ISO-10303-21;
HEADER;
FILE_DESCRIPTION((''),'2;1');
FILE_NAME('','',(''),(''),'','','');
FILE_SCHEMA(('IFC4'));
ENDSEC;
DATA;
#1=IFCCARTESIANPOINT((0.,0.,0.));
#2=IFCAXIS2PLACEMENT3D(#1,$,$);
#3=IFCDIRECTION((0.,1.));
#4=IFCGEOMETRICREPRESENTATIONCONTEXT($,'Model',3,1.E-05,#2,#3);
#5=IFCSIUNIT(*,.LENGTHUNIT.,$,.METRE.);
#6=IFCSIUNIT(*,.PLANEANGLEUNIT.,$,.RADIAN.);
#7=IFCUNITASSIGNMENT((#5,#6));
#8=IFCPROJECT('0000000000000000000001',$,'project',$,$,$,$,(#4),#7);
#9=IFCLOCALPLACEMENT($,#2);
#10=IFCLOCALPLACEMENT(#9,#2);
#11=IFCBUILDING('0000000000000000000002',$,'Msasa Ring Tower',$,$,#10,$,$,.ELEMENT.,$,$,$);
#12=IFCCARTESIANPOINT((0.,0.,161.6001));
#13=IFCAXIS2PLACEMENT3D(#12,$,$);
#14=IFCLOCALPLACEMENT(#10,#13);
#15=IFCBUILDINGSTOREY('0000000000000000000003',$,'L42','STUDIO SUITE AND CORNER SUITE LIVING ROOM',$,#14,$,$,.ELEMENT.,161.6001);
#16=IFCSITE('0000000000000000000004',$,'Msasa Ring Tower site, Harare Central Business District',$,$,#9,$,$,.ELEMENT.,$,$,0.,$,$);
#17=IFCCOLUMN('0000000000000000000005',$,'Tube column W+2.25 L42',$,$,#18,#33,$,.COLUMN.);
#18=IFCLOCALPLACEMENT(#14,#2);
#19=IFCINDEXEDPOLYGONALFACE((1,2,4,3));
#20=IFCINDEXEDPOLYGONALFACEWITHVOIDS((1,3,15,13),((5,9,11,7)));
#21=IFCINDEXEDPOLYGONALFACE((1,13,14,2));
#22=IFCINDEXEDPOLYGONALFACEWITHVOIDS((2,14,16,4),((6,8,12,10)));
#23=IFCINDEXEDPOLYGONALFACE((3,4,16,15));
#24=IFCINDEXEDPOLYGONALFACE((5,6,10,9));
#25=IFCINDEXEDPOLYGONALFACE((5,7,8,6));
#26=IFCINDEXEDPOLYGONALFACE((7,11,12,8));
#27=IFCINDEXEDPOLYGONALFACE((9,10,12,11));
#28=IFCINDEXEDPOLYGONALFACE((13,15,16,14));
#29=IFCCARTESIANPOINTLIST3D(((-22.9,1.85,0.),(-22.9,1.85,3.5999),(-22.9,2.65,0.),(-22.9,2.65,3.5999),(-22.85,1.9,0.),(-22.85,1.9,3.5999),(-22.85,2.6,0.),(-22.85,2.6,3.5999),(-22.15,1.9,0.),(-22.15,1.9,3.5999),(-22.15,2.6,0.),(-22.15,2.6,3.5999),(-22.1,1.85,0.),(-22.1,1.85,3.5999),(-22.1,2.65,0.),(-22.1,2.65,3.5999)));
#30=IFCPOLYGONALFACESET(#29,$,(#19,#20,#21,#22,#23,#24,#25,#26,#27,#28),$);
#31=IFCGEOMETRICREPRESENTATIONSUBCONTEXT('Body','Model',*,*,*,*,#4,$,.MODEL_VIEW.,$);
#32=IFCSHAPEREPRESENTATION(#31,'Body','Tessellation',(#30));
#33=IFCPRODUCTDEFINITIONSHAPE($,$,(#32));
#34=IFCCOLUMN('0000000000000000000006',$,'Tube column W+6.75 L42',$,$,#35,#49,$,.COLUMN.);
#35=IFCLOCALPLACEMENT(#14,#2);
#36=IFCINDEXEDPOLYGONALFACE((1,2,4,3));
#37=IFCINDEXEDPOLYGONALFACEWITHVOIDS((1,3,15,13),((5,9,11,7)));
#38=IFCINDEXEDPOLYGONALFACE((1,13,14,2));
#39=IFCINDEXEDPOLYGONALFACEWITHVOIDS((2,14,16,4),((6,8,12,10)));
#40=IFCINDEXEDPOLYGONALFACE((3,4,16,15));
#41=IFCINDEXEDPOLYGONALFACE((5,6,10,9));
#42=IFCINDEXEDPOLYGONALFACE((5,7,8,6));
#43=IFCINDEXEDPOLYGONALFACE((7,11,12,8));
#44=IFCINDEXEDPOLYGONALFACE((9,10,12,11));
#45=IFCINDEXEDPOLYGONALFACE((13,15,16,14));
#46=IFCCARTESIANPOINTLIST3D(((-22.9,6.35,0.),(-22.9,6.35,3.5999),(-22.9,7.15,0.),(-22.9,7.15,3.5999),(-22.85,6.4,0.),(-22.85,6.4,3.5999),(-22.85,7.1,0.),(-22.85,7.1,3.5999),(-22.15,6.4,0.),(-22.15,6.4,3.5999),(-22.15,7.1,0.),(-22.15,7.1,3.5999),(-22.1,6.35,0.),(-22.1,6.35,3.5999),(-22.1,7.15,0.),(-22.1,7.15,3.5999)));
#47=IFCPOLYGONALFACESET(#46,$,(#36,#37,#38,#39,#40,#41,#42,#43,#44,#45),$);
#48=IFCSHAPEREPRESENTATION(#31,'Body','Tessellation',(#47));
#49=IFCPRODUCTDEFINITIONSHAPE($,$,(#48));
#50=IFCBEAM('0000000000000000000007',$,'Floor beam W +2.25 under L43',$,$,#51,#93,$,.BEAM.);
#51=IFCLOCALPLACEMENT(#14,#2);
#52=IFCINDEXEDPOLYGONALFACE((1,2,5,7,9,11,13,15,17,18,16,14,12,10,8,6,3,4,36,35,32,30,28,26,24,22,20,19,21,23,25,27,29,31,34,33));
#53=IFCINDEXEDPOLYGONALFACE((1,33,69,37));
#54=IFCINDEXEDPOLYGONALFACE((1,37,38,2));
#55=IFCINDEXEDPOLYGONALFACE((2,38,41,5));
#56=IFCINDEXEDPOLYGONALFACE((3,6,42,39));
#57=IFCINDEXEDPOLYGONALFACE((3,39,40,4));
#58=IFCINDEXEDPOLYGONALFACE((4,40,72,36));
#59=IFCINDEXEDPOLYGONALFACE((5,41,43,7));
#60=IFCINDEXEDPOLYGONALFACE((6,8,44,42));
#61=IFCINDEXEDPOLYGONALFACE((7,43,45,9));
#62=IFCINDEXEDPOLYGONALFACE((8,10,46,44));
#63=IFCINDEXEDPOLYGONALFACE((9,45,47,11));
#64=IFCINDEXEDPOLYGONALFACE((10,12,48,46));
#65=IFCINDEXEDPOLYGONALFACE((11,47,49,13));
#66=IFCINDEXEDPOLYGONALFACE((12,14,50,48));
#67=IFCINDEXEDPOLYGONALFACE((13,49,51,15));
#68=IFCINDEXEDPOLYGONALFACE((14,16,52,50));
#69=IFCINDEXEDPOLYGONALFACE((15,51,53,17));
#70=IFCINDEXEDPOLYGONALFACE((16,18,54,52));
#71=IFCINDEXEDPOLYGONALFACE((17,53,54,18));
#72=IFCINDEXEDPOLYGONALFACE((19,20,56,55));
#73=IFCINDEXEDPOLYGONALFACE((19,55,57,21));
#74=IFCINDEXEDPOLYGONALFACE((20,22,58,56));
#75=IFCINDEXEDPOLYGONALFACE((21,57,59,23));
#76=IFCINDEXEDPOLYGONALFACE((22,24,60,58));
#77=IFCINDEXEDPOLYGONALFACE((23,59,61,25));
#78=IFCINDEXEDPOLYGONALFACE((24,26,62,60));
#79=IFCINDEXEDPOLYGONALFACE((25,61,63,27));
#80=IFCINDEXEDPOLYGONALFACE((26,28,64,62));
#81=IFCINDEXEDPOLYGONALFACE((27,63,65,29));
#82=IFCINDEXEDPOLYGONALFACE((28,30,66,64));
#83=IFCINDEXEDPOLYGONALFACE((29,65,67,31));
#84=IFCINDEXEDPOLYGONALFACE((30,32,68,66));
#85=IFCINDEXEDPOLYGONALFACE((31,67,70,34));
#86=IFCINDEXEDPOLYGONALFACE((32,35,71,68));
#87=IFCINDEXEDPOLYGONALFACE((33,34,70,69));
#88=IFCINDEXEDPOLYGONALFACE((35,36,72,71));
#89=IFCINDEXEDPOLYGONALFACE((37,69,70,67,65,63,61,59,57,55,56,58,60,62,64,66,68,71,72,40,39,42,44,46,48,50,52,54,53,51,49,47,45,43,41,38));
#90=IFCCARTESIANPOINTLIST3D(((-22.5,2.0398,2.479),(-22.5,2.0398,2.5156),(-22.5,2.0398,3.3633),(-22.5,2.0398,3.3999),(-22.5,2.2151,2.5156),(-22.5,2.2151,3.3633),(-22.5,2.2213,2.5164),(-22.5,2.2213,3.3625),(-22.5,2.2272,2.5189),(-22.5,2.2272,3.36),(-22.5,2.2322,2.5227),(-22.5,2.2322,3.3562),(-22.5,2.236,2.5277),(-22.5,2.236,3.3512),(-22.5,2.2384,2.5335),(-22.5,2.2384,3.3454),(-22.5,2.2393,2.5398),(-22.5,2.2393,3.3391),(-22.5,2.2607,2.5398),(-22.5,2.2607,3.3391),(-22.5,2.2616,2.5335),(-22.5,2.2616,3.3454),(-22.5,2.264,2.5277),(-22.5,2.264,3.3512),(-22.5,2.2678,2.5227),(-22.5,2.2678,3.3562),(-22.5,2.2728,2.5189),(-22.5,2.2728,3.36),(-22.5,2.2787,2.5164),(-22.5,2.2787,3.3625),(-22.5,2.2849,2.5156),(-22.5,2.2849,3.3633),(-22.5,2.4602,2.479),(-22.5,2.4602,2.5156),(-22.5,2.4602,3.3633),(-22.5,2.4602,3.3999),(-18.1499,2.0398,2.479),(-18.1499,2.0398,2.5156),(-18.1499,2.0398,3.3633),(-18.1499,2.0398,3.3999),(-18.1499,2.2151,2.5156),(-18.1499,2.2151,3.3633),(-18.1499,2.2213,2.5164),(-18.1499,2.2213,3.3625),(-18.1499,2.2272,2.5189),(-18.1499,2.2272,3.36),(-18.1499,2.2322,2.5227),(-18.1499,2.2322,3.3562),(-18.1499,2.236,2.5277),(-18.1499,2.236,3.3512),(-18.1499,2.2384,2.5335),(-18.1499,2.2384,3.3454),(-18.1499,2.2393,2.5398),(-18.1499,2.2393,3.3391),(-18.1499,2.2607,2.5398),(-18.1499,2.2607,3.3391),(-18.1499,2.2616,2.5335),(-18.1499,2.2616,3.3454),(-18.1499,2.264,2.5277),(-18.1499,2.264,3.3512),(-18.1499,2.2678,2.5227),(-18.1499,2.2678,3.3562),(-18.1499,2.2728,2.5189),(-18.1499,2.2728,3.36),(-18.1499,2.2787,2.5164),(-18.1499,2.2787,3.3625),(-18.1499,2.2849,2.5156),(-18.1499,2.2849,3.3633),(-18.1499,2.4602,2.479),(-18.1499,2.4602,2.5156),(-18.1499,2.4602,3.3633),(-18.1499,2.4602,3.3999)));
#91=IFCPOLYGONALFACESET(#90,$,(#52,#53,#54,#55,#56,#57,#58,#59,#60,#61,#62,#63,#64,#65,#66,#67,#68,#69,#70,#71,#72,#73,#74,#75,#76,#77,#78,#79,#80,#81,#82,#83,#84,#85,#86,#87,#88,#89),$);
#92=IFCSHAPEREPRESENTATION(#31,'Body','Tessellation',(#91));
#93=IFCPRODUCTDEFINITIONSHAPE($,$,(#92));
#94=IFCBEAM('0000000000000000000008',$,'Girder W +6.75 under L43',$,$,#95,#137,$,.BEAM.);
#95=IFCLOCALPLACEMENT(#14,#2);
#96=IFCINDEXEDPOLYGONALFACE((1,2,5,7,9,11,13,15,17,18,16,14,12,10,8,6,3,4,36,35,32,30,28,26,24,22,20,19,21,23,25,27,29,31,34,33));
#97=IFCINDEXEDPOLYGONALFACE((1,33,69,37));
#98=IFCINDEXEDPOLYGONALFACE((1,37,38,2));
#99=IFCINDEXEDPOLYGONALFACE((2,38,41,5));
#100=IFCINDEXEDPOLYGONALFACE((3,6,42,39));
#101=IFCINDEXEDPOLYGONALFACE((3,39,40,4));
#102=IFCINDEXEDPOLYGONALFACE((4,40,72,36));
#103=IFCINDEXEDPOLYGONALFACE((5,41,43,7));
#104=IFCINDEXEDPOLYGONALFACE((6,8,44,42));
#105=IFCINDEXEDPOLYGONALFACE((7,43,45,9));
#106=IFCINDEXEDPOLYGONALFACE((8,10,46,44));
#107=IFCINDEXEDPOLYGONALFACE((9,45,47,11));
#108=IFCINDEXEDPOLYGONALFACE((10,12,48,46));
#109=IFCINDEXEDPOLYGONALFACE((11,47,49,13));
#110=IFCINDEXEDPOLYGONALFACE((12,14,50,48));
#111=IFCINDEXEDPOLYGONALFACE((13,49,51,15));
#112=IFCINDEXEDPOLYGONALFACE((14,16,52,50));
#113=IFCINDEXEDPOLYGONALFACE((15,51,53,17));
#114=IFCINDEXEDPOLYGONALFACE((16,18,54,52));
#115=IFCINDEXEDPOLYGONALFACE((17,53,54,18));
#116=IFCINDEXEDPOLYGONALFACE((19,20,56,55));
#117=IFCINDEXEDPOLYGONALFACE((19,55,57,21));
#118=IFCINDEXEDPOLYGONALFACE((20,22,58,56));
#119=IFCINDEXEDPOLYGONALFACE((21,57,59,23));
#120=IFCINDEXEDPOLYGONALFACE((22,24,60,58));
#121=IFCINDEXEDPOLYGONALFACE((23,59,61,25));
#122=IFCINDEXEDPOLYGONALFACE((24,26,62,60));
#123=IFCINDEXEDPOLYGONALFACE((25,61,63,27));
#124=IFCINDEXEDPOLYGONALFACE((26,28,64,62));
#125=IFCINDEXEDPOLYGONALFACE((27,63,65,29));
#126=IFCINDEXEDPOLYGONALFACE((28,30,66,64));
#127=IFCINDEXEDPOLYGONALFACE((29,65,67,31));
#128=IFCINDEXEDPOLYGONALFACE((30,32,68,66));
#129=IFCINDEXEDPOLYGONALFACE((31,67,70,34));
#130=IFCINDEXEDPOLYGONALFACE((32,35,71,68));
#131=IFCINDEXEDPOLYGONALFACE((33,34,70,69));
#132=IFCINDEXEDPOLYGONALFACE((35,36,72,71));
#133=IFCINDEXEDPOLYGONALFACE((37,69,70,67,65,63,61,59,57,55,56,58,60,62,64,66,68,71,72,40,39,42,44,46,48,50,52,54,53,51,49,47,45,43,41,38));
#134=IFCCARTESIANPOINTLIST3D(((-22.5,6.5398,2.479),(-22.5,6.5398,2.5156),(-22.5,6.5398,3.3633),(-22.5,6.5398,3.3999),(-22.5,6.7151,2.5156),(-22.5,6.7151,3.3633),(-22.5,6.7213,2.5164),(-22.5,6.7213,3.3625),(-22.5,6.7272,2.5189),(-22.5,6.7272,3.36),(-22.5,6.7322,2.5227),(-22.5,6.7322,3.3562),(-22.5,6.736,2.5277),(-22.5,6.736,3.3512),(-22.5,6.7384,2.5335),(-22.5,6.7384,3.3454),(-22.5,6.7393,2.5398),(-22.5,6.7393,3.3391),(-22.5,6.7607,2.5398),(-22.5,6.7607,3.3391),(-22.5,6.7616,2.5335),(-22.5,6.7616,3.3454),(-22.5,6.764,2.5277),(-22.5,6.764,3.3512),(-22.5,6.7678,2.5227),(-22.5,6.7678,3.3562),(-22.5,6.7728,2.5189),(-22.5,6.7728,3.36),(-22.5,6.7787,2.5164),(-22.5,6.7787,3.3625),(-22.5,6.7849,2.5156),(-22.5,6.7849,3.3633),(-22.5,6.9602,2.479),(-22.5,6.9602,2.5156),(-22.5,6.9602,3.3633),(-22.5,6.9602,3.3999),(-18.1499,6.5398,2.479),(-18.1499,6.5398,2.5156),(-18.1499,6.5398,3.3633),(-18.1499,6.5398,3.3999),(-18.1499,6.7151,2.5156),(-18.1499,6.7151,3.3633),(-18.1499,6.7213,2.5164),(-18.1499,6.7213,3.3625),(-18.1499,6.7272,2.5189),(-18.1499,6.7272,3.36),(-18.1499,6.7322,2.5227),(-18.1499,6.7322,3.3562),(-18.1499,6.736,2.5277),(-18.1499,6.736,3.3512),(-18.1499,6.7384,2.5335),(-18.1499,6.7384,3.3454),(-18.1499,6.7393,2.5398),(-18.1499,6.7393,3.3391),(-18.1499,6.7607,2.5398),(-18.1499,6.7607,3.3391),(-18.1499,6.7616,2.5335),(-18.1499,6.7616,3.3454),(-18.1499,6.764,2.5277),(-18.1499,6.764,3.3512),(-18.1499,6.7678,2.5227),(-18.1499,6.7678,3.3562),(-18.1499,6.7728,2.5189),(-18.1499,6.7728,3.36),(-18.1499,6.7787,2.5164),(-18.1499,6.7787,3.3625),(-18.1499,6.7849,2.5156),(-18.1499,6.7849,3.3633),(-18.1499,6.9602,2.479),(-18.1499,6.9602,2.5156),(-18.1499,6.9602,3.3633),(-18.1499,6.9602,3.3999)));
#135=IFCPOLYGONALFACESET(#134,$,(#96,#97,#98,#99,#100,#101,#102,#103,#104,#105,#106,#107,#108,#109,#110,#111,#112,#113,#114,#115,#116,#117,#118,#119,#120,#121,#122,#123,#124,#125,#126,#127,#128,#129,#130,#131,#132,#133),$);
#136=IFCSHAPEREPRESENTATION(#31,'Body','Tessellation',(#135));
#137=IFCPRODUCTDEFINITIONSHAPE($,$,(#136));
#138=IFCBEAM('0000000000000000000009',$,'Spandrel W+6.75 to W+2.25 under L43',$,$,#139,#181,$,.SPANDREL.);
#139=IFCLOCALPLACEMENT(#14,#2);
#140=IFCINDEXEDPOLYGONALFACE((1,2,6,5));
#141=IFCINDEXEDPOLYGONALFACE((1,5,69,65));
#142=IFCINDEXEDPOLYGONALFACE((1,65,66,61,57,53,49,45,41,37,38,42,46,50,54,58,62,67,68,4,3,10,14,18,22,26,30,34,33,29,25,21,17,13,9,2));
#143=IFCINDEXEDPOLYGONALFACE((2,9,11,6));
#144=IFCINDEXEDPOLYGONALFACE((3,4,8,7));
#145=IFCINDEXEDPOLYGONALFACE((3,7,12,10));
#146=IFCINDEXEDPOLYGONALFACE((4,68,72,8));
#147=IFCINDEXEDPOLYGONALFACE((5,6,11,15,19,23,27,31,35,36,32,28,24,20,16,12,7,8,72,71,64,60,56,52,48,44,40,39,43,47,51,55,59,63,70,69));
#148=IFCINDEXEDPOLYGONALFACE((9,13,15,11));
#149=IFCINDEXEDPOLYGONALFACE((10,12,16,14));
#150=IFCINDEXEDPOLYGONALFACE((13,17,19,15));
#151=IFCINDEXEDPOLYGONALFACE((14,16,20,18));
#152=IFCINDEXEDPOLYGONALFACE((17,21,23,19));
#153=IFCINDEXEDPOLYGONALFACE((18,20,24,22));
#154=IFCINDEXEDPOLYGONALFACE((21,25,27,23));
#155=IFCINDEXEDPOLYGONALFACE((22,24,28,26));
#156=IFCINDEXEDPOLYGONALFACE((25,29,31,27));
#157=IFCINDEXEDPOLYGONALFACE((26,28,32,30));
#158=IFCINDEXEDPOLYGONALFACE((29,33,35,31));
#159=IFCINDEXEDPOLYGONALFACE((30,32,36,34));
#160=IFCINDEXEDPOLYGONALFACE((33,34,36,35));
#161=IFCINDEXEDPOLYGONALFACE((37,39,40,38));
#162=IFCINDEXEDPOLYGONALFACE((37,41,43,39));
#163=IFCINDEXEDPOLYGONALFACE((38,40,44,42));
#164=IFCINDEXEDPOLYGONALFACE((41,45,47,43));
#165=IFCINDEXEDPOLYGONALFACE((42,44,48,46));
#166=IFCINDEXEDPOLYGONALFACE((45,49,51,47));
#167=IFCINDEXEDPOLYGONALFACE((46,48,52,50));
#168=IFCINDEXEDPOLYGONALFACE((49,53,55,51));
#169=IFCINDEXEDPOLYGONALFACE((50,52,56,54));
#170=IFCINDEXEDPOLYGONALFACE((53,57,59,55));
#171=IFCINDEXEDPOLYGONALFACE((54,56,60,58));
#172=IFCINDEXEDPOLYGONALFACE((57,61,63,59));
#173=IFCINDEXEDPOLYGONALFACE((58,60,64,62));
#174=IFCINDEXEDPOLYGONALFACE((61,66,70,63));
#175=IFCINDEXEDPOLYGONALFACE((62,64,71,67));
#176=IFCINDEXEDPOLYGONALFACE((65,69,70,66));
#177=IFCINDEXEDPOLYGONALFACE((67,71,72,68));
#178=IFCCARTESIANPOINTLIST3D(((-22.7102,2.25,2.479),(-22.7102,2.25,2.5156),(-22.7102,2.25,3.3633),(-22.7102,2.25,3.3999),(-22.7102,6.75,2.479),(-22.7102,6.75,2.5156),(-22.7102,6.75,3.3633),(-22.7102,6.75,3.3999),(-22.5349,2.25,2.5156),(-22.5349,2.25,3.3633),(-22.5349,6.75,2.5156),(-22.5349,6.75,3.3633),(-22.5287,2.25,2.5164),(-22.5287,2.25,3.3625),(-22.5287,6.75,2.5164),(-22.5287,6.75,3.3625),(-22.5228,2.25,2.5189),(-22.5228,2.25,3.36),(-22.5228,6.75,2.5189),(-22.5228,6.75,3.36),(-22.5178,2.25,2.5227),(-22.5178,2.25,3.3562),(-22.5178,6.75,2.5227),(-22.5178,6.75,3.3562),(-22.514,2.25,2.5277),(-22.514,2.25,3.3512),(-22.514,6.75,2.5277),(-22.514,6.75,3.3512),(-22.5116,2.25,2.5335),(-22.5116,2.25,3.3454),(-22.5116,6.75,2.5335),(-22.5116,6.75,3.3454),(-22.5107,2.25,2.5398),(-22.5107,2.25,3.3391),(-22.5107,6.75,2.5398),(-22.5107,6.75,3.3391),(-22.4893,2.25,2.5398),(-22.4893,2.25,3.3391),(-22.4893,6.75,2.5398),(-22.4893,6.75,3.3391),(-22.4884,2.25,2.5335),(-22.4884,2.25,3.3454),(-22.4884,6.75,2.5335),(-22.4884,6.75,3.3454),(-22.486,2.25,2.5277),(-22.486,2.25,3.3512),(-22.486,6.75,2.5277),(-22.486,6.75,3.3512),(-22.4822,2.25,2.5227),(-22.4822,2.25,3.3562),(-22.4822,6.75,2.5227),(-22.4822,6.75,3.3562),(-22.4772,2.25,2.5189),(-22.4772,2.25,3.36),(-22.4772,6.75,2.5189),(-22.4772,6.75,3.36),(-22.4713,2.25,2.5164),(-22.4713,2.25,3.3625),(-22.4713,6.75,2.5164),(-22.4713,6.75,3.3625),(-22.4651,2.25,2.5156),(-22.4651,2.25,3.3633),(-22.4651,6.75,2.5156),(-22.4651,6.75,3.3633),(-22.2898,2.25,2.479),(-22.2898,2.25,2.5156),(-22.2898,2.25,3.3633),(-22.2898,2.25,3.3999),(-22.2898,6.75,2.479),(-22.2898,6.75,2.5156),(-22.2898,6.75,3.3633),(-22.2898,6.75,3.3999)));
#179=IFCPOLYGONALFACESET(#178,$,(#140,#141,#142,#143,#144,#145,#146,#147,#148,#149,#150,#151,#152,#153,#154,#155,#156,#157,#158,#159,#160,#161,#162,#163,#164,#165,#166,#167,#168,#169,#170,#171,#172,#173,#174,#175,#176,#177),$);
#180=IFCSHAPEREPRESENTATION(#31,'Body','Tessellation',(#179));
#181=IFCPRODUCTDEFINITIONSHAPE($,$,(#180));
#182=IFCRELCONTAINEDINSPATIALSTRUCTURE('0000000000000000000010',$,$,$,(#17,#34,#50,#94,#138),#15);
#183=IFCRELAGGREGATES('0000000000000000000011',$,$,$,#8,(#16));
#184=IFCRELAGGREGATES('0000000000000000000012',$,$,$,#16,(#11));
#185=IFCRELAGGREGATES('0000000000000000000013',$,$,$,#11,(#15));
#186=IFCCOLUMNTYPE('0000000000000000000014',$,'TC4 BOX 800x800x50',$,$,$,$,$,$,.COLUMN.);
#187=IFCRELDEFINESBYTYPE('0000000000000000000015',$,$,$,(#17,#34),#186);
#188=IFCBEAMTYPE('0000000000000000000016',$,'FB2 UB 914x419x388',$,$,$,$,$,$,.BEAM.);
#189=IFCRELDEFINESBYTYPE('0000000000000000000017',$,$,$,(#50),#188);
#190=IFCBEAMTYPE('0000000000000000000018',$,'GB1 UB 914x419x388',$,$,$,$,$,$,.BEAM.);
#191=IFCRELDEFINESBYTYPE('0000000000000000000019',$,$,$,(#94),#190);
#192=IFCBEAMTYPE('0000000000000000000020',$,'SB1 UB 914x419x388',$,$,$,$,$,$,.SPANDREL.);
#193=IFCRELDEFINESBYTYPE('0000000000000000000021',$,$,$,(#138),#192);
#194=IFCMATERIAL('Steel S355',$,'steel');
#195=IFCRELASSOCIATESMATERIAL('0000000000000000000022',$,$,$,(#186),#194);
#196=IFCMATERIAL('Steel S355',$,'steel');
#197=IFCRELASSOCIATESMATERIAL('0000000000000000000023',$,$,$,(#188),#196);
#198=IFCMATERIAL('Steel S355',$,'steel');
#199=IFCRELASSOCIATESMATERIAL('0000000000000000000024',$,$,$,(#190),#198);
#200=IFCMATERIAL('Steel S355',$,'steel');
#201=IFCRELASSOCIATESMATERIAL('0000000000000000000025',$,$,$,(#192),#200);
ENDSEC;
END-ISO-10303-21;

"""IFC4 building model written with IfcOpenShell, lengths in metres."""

from ifc_helpers import new_model, si_unit, direction, frame, origin, origin_2d, place, context, subcontext, project, spatial, hollow_rectangle, i_section, extrude, material, material_profile, profile_set, type_object, element, save


model = new_model("IFC4")

# Units and contexts
model_context = context("Model", 3, precision=1e-05, world=origin(), true_north=direction((0.0, 1.0)))
body_context = subcontext(model_context, "Body", "Model", "MODEL_VIEW")
ifc_project = project(units=[si_unit("LENGTHUNIT", "METRE"), si_unit("PLANEANGLEUNIT", "RADIAN")], contexts=[model_context])

# Site, building, storey
site_placement = place(None, origin())
site = spatial("IfcSite", under=ifc_project, at=site_placement, Name="Msasa Ring Tower site, Harare Central Business District", CompositionType="ELEMENT", RefElevation=0.0)
building_placement = place(site_placement, origin())
building = spatial("IfcBuilding", under=site, at=building_placement, Name="Msasa Ring Tower", CompositionType="ELEMENT")
storey_placement = place(building_placement, frame((0.0, 0.0, 161.6001)))
storey = spatial("IfcBuildingStorey", under=building, at=storey_placement, Name="L42", Description="STUDIO SUITE AND CORNER SUITE LIVING ROOM", CompositionType="ELEMENT", Elevation=161.6001)

# Columns
ifc_material_1 = material(Name="Steel S355", Category="steel")
ifc_material_profile_1 = material_profile(ifc_material_1, hollow_rectangle(XDim=0.8, YDim=0.8, WallThickness=0.05, at=origin_2d()), Name="BOX 800x800x50")
ifc_profile_set_1 = profile_set([ifc_material_profile_1], Name="Steel S355")
column_type = type_object("IfcColumnType", Name="TC4 BOX 800x800x50", PredefinedType="COLUMN", material=ifc_profile_set_1)
for number, where, z_axis, x_axis, name in (
    (1, (-22.5, 2.25, 0.0), (0.0, 0.0, 1.0), (1.0, 0.0, 0.0), "Tube column W+2.25 L42"),
    (2, (-22.5, 6.75, 0.0), (0.0, 0.0, 1.0), (1.0, 0.0, 0.0), "Tube column W+6.75 L42"),
):
    element("IfcColumn", number, at=place(storey_placement, frame(where, z_axis=z_axis, x_axis=x_axis)), inside=storey, type_object=column_type, Name=name, PredefinedType="COLUMN", context=body_context, shape_type="SweptSolid", body=[
        extrude(hollow_rectangle(XDim=0.8, YDim=0.8, WallThickness=0.05, at=origin_2d()), origin(), (0.0, 0.0, 1.0), 3.5999),
    ])

# Beams
ifc_material_2 = material(Name="Steel S355", Category="steel")
ifc_material_profile_2 = material_profile(ifc_material_2, i_section(OverallWidth=0.4204, OverallDepth=0.9209, WebThickness=0.0215, FlangeThickness=0.0366, FilletRadius=0.0242, at=origin_2d()), Name="UB 914x419x388")
ifc_profile_set_2 = profile_set([ifc_material_profile_2], Name="Steel S355")
beam_type_1 = type_object("IfcBeamType", Name="FB2 UB 914x419x388", PredefinedType="BEAM", material=ifc_profile_set_2)
beam_1_placement = place(storey_placement, frame((-22.5, 2.25, 2.9395), z_axis=(1.0, 0.0, 0.0), x_axis=(0.0, 1.0, 0.0)))
element("IfcBeam", 3, at=beam_1_placement, inside=storey, type_object=beam_type_1, Name="Floor beam W +2.25 under L43", PredefinedType="BEAM", context=body_context, shape_type="SweptSolid", body=[
    extrude(i_section(OverallWidth=0.4204, OverallDepth=0.9209, WebThickness=0.0215, FlangeThickness=0.0366, FilletRadius=0.0242, at=origin_2d()), origin(), (0.0, 0.0, 1.0), 4.3501),
])
ifc_material_3 = material(Name="Steel S355", Category="steel")
ifc_material_profile_3 = material_profile(ifc_material_3, i_section(OverallWidth=0.4204, OverallDepth=0.9209, WebThickness=0.0215, FlangeThickness=0.0366, FilletRadius=0.0242, at=origin_2d()), Name="UB 914x419x388")
ifc_profile_set_3 = profile_set([ifc_material_profile_3], Name="Steel S355")
beam_type_2 = type_object("IfcBeamType", Name="GB1 UB 914x419x388", PredefinedType="BEAM", material=ifc_profile_set_3)
beam_2_placement = place(storey_placement, frame((-18.1499, 6.75, 2.9395), z_axis=(-1.0, 0.0, 0.0), x_axis=(0.0, -1.0, 0.0)))
element("IfcBeam", 4, at=beam_2_placement, inside=storey, type_object=beam_type_2, Name="Girder W +6.75 under L43", PredefinedType="BEAM", context=body_context, shape_type="SweptSolid", body=[
    extrude(i_section(OverallWidth=0.4204, OverallDepth=0.9209, WebThickness=0.0215, FlangeThickness=0.0366, FilletRadius=0.0242, at=origin_2d()), origin(), (0.0, 0.0, 1.0), 4.3501),
])
ifc_material_4 = material(Name="Steel S355", Category="steel")
ifc_material_profile_4 = material_profile(ifc_material_4, i_section(OverallWidth=0.4204, OverallDepth=0.9209, WebThickness=0.0215, FlangeThickness=0.0366, FilletRadius=0.0242, at=origin_2d()), Name="UB 914x419x388")
ifc_profile_set_4 = profile_set([ifc_material_profile_4], Name="Steel S355")
beam_type_3 = type_object("IfcBeamType", Name="SB1 UB 914x419x388", PredefinedType="SPANDREL", material=ifc_profile_set_4)
for number, where, z_axis, x_axis, name in (
    (5, (-22.5, 6.75, 2.9395), (0.0, -1.0, 0.0), (1.0, 0.0, 0.0), "Spandrel W+6.75 to W+2.25 under L43"),
):
    element("IfcBeam", number, at=place(storey_placement, frame(where, z_axis=z_axis, x_axis=x_axis)), inside=storey, type_object=beam_type_3, Name=name, PredefinedType="SPANDREL", context=body_context, shape_type="SweptSolid", body=[
        extrude(i_section(OverallWidth=0.4204, OverallDepth=0.9209, WebThickness=0.0215, FlangeThickness=0.0366, FilletRadius=0.0242, at=origin_2d()), origin(), (0.0, 0.0, 1.0), 4.5),
    ])

save(model, "model.ifc")
